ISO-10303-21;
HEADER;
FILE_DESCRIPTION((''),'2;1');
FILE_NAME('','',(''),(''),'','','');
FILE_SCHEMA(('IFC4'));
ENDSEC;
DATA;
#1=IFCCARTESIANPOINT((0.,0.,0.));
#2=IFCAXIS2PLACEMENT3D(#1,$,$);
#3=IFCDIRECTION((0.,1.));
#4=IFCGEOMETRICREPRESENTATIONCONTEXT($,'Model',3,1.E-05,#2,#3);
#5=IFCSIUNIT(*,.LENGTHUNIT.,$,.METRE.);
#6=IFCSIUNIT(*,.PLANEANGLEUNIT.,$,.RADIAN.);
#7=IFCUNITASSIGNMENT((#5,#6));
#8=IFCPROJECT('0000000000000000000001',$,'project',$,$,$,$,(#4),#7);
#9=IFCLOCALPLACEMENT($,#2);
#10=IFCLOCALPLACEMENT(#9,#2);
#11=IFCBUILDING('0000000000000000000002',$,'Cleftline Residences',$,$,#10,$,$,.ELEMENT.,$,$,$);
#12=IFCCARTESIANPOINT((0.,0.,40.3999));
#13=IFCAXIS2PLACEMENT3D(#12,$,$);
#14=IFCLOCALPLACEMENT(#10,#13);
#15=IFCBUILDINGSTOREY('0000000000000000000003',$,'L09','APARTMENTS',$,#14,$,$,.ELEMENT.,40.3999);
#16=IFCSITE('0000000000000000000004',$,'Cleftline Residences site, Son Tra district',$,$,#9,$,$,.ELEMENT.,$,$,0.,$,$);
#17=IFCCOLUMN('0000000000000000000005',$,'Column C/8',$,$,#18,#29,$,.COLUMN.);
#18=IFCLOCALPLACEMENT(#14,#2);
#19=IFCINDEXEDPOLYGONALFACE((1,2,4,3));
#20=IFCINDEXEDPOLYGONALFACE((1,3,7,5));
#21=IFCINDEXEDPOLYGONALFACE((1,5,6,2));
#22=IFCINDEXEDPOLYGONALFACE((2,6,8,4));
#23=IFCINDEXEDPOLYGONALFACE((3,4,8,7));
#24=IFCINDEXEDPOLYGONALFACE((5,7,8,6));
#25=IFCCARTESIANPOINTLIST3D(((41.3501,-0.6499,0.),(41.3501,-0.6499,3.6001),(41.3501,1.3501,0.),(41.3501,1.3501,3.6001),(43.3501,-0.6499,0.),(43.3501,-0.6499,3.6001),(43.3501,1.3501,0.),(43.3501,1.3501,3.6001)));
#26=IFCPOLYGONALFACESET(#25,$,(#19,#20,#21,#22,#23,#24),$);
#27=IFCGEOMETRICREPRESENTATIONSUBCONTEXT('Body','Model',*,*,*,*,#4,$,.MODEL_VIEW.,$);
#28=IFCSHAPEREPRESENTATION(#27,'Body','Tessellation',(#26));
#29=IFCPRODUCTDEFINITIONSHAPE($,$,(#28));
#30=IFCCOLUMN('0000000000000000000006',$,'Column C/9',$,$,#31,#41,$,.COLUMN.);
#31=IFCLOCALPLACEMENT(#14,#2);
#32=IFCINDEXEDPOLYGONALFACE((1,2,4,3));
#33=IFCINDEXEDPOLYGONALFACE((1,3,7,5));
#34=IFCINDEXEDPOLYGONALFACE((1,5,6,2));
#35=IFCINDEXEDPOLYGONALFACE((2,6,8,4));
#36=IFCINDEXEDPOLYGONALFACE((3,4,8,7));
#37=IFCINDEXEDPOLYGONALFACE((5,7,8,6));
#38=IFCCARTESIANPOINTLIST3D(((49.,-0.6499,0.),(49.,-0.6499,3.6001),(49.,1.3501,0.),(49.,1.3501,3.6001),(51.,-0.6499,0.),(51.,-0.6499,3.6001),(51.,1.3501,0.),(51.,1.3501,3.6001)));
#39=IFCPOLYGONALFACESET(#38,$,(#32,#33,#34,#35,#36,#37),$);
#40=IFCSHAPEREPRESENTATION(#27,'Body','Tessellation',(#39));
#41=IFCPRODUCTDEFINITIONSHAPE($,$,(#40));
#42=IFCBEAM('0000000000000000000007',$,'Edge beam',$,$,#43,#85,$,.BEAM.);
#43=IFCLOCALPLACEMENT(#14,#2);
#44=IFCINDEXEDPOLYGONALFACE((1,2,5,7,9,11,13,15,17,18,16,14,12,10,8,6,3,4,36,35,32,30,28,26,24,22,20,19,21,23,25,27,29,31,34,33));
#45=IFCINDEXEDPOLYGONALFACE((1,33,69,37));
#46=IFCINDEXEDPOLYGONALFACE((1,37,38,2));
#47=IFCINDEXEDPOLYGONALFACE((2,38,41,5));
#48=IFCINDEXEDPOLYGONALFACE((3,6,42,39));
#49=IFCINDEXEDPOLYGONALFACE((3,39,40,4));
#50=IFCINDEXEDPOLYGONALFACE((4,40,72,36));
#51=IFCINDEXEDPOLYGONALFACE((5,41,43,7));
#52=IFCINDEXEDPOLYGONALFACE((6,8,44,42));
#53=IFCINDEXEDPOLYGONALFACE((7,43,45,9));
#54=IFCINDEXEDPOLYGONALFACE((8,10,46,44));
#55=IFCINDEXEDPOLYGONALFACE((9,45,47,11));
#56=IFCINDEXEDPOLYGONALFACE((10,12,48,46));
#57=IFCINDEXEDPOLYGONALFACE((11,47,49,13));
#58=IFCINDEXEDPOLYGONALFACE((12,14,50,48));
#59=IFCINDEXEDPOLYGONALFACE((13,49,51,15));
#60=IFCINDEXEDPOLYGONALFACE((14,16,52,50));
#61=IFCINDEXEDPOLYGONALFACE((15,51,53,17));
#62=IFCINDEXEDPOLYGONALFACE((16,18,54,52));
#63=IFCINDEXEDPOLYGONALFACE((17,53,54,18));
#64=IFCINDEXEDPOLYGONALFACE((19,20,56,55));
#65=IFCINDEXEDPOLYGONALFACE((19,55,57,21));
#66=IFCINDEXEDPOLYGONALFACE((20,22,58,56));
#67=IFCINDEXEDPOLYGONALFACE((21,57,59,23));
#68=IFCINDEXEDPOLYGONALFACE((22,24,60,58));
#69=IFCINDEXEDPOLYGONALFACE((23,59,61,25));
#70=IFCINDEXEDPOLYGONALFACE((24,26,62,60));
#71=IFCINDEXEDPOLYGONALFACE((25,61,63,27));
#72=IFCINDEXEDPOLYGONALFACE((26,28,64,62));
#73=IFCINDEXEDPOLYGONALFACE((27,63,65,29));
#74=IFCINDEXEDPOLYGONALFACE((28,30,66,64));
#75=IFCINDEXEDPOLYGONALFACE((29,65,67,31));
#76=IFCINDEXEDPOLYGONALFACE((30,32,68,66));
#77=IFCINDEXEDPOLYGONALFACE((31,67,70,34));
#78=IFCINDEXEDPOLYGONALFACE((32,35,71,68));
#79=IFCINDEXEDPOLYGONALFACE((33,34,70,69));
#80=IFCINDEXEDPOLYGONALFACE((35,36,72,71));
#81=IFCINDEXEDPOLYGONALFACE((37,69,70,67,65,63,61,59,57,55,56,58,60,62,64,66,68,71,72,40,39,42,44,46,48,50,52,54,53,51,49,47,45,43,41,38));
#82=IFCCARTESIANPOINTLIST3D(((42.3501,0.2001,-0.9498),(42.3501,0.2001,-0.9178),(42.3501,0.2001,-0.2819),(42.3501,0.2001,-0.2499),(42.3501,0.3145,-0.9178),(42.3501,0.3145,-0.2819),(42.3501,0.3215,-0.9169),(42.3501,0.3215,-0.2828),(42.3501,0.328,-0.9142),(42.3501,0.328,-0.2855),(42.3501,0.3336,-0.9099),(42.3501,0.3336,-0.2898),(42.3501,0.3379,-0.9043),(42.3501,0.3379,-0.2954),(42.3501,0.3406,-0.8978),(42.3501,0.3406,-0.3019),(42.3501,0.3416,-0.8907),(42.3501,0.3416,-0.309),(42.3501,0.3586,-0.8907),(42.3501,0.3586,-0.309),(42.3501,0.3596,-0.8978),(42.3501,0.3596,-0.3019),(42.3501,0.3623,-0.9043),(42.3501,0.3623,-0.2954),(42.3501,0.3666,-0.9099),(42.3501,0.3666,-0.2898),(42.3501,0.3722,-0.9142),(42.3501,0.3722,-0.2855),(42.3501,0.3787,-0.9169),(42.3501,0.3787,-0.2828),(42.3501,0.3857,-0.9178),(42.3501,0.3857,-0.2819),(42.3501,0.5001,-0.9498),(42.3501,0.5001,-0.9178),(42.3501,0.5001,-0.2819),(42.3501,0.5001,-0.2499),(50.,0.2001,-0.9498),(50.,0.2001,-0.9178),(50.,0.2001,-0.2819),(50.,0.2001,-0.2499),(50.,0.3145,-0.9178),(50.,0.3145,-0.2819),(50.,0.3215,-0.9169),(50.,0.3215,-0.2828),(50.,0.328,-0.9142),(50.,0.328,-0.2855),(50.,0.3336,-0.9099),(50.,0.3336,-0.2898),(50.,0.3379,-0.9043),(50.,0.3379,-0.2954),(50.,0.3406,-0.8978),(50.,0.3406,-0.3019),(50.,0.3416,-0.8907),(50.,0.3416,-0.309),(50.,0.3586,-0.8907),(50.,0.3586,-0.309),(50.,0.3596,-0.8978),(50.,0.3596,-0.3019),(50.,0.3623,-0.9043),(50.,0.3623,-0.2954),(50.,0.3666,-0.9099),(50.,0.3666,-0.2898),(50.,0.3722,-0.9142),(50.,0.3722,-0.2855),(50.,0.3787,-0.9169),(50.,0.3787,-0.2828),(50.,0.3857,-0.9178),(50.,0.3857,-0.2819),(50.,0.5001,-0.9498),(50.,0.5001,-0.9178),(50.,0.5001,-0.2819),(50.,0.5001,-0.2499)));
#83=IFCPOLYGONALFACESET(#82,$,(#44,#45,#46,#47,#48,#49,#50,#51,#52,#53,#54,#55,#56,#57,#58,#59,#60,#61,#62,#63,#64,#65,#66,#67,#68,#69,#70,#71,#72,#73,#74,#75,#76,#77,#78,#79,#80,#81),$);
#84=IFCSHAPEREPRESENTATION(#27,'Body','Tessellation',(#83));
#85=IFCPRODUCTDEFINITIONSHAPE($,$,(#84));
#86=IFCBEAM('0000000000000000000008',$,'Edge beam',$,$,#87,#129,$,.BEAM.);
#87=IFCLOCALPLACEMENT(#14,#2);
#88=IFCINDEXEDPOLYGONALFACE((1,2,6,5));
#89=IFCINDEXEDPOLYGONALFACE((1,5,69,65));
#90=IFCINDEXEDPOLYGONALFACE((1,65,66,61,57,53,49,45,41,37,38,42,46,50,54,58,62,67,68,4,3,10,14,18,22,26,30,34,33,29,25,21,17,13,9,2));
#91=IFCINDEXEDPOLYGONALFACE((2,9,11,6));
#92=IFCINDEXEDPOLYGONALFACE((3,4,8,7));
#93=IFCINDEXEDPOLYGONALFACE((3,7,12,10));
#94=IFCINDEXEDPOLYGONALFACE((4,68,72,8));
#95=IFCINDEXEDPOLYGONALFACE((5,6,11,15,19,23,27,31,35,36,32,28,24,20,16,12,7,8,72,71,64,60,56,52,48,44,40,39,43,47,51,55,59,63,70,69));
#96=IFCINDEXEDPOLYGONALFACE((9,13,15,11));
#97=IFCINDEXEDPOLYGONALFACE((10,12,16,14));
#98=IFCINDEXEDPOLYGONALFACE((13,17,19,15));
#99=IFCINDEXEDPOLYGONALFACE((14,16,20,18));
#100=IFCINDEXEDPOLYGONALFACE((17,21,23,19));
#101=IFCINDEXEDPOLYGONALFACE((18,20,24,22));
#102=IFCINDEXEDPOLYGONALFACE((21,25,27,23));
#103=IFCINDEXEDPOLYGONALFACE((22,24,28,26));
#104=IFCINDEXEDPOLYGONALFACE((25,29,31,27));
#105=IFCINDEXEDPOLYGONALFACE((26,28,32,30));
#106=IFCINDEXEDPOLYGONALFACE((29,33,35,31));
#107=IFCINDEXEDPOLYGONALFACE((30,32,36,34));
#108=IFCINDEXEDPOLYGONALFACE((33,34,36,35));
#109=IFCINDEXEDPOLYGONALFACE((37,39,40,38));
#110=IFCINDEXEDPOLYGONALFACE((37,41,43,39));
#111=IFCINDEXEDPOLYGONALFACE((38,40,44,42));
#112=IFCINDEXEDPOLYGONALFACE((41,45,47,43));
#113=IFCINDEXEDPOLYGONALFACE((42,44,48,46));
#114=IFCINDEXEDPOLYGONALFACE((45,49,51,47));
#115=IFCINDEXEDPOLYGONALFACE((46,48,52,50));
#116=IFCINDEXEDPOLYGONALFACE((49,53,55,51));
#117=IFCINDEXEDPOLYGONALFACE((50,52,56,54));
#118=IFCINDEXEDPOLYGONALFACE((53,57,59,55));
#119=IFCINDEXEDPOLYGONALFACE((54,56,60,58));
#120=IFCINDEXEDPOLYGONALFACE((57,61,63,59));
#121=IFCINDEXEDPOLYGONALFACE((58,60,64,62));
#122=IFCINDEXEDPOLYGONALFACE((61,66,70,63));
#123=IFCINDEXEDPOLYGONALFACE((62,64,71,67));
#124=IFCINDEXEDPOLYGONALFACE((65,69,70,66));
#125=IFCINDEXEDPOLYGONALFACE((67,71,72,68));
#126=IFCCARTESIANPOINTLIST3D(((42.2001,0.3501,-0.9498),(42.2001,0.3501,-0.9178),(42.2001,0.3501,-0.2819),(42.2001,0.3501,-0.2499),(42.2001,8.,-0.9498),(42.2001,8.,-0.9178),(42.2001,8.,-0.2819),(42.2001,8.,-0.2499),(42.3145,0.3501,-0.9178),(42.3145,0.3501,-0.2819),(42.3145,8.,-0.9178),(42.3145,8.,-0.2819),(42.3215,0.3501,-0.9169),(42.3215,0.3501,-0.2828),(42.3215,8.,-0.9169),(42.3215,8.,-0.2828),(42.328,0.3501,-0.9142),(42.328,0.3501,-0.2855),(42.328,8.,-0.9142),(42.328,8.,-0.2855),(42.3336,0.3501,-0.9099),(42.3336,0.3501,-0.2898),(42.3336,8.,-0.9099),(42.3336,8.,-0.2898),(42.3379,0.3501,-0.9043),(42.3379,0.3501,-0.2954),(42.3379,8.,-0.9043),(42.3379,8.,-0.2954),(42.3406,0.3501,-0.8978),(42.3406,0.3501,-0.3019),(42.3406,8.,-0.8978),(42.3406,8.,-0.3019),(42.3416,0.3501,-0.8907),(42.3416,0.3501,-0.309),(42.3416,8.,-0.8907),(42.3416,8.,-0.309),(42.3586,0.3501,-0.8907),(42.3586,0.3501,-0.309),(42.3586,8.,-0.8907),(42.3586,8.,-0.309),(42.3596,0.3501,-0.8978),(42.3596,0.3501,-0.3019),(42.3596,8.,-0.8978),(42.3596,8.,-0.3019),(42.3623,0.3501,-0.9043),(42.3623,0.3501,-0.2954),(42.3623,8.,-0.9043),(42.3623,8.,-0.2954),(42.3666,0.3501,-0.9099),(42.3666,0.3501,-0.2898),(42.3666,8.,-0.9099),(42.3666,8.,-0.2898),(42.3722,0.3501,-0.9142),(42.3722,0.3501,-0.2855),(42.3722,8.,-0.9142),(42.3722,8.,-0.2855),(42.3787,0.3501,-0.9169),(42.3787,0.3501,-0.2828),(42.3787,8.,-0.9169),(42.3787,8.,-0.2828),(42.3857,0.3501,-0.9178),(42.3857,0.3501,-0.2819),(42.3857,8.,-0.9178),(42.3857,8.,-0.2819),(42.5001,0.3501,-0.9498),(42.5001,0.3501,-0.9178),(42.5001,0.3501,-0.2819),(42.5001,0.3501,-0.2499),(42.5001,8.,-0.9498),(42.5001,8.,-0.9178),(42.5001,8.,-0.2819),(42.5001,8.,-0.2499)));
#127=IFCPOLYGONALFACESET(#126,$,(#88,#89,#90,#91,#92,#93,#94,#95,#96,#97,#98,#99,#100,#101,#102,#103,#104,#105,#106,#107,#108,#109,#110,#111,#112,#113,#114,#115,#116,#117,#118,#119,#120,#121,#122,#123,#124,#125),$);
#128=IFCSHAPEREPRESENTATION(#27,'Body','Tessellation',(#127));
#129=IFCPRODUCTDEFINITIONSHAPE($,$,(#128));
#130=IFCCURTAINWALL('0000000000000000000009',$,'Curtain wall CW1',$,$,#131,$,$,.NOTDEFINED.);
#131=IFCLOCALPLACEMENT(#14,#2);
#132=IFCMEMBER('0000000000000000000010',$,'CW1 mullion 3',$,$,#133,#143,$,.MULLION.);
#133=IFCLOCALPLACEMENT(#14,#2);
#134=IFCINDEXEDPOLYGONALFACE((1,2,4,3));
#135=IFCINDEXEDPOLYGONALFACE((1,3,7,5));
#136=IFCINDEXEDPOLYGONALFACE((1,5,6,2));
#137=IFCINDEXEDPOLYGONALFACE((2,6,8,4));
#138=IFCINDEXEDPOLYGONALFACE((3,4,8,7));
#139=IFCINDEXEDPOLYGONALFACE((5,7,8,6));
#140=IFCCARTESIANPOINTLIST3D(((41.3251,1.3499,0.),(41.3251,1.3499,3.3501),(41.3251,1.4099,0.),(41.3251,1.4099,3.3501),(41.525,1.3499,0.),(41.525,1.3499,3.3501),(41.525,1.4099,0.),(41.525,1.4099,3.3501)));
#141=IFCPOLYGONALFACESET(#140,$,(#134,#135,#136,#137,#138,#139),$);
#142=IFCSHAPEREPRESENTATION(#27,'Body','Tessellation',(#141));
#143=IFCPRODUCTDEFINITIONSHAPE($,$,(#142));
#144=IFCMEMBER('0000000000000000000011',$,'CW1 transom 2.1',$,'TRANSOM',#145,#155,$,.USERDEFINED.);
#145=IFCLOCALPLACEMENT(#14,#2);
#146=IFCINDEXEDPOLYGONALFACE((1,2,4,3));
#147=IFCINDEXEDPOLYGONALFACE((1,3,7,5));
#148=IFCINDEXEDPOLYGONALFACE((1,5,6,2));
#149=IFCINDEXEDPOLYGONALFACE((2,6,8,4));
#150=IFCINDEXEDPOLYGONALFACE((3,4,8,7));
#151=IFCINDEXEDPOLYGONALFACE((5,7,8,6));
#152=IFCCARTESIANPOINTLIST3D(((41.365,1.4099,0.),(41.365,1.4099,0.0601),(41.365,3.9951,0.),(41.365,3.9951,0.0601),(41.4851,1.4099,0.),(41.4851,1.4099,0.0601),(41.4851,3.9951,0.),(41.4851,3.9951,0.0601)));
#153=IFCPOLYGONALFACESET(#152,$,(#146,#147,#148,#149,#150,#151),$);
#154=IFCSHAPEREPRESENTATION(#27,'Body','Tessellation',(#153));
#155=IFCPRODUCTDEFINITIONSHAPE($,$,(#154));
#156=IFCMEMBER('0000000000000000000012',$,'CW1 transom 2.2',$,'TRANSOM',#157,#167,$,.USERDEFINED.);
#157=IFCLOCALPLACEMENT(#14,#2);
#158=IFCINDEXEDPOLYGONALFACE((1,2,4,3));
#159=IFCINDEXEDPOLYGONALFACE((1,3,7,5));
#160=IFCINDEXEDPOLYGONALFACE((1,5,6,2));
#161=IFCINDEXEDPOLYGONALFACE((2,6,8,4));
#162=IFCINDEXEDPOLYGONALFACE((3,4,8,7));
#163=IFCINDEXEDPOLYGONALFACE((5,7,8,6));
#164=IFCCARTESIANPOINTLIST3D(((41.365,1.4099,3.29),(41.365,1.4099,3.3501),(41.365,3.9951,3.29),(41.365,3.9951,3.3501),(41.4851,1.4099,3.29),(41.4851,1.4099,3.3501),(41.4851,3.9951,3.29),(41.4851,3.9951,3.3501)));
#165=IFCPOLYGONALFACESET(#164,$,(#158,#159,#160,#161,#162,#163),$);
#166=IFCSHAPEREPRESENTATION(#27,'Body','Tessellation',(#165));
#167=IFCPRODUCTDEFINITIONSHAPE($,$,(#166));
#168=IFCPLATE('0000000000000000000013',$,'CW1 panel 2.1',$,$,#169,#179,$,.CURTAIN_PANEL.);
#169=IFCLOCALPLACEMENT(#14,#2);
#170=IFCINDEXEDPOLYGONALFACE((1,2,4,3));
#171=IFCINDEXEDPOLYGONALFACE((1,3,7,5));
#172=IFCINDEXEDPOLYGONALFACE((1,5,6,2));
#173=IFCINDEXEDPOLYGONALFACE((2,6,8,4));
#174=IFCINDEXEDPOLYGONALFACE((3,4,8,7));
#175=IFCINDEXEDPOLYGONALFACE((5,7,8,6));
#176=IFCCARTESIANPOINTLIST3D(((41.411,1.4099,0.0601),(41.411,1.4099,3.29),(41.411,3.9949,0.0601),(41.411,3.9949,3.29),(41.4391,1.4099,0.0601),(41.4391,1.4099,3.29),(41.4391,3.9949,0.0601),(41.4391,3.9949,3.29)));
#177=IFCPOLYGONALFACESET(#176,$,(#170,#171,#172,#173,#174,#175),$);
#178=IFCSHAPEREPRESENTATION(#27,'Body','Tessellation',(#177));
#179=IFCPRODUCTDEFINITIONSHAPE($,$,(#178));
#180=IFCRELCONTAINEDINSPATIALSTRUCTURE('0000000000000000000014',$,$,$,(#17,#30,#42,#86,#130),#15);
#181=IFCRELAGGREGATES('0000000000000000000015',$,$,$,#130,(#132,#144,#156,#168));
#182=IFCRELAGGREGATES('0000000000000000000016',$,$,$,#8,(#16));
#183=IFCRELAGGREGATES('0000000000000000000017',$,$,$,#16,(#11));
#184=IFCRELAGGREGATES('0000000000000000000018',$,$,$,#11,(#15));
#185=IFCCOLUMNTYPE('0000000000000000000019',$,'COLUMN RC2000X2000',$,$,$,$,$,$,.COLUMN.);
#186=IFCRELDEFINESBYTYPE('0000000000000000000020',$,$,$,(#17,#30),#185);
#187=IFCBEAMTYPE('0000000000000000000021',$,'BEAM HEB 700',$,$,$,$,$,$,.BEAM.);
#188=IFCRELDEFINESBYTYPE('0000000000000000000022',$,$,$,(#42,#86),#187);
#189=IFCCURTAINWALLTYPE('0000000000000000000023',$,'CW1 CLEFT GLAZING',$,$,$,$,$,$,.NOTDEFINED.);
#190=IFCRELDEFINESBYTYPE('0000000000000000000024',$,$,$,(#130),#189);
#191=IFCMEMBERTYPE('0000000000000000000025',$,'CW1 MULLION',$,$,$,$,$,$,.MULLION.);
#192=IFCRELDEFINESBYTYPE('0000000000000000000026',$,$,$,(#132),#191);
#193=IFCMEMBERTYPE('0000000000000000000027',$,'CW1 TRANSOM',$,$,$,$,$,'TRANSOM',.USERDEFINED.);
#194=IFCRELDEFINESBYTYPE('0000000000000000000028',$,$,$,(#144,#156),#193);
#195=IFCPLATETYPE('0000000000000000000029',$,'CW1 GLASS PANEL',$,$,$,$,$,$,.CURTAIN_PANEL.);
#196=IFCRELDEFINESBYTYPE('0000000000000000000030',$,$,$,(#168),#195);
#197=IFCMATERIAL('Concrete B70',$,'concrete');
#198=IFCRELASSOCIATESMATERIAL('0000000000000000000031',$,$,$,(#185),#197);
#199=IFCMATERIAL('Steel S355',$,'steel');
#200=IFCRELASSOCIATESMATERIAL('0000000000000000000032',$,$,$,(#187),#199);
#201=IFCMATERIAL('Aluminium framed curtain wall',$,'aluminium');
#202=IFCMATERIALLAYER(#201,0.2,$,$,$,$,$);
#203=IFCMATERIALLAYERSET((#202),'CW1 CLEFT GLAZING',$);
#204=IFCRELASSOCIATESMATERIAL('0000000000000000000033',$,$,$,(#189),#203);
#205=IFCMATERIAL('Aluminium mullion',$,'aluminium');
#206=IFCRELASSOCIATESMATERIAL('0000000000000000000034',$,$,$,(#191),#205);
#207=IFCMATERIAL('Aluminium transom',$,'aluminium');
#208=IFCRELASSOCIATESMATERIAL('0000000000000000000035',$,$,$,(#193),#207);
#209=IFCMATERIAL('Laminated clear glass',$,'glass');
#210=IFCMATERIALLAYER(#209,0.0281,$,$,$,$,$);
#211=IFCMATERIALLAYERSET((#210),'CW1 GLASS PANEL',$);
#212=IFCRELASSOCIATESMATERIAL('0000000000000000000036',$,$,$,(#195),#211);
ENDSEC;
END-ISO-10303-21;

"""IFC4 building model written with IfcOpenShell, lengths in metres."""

from ifc_helpers import new_model, si_unit, direction, frame, origin, origin_2d, place, context, subcontext, project, spatial, rectangle, i_section, extrude, material, layer, layer_set, material_profile, profile_set, type_object, element, aggregate, save


model = new_model("IFC4")

# Units and contexts
model_context = context("Model", 3, precision=1e-05, world=origin(), true_north=direction((0.0, 1.0)))
body_context = subcontext(model_context, "Body", "Model", "MODEL_VIEW")
ifc_project = project(units=[si_unit("LENGTHUNIT", "METRE"), si_unit("PLANEANGLEUNIT", "RADIAN")], contexts=[model_context])

# Site, building, storey
site_placement = place(None, origin())
site = spatial("IfcSite", under=ifc_project, at=site_placement, Name="Cleftline Residences site, Son Tra district", CompositionType="ELEMENT", RefElevation=0.0)
building_placement = place(site_placement, origin())
building = spatial("IfcBuilding", under=site, at=building_placement, Name="Cleftline Residences", CompositionType="ELEMENT")
storey_placement = place(building_placement, frame((0.0, 0.0, 40.3999)))
storey = spatial("IfcBuildingStorey", under=building, at=storey_placement, Name="L09", Description="APARTMENTS", CompositionType="ELEMENT", Elevation=40.3999)

# Columns
ifc_material_1 = material(Name="Concrete B70", Category="concrete")
ifc_material_profile_1 = material_profile(ifc_material_1, rectangle(XDim=2.0, YDim=2.0, at=origin_2d()))
ifc_profile_set_1 = profile_set([ifc_material_profile_1], Name="Concrete B70")
column_type = type_object("IfcColumnType", Name="COLUMN RC2000X2000", PredefinedType="COLUMN", material=ifc_profile_set_1)
for number, where, z_axis, x_axis, name in (
    (1, (42.3501, 0.3501, 0.0), (0.0, 0.0, 1.0), (1.0, 0.0, 0.0), "Column C/8"),
    (2, (50.0, 0.3501, 0.0), (0.0, 0.0, 1.0), (1.0, 0.0, 0.0), "Column C/9"),
):
    element("IfcColumn", number, at=place(storey_placement, frame(where, z_axis=z_axis, x_axis=x_axis)), inside=storey, type_object=column_type, Name=name, PredefinedType="COLUMN", context=body_context, shape_type="SweptSolid", body=[
        extrude(rectangle(XDim=2.0, YDim=2.0, at=origin_2d()), origin(), (0.0, 0.0, 1.0), 3.6001),
    ])

# Beams
ifc_material_2 = material(Name="Steel S355", Category="steel")
ifc_material_profile_2 = material_profile(ifc_material_2, i_section(OverallWidth=0.3, OverallDepth=0.7, WebThickness=0.0171, FlangeThickness=0.032, FilletRadius=0.0271, at=origin_2d()))
ifc_profile_set_2 = profile_set([ifc_material_profile_2], Name="Steel S355")
beam_type = type_object("IfcBeamType", Name="BEAM HEB 700", PredefinedType="BEAM", material=ifc_profile_set_2)
for number, where, z_axis, x_axis, name in (
    (3, (50.0, 0.3501, -0.5999), (-1.0, 0.0, 0.0), (0.0, -1.0, 0.0), "Edge beam"),
    (4, (42.3501, 0.3501, -0.5999), (0.0, 1.0, 0.0), (-1.0, 0.0, 0.0), "Edge beam"),
):
    element("IfcBeam", number, at=place(storey_placement, frame(where, z_axis=z_axis, x_axis=x_axis)), inside=storey, type_object=beam_type, Name=name, PredefinedType="BEAM", context=body_context, shape_type="SweptSolid", body=[
        extrude(i_section(OverallWidth=0.3, OverallDepth=0.7, WebThickness=0.0171, FlangeThickness=0.032, FilletRadius=0.0271, at=origin_2d()), origin(), (0.0, 0.0, 1.0), 7.6499),
    ])

# Curtain wall, members, plate
ifc_material_3 = material(Name="Aluminium framed curtain wall", Category="aluminium")
ifc_layer_1 = layer(ifc_material_3, 0.2)
ifc_layer_set_1 = layer_set([ifc_layer_1], Name="CW1 CLEFT GLAZING")
curtain_wall_type = type_object("IfcCurtainWallType", Name="CW1 CLEFT GLAZING", PredefinedType="NOTDEFINED", material=ifc_layer_set_1)
curtain_wall_placement = place(storey_placement, origin())
curtain_wall = element("IfcCurtainWall", 5, at=curtain_wall_placement, inside=storey, type_object=curtain_wall_type, Name="Curtain wall CW1", PredefinedType="NOTDEFINED")
ifc_material_4 = material(Name="Aluminium mullion", Category="aluminium")
ifc_material_profile_3 = material_profile(ifc_material_4, rectangle(XDim=0.2, YDim=0.0601, at=origin_2d()))
ifc_profile_set_3 = profile_set([ifc_material_profile_3], Name="Aluminium mullion")
member_type_1 = type_object("IfcMemberType", Name="CW1 MULLION", PredefinedType="MULLION", material=ifc_profile_set_3)
member_1_placement = place(storey_placement, frame((41.425, 1.3799, 0.0), z_axis=(0.0, 0.0, 1.0), x_axis=(1.0, 0.0, 0.0)))
member_1 = element("IfcMember", 6, at=member_1_placement, type_object=member_type_1, Name="CW1 mullion 3", PredefinedType="MULLION", context=body_context, shape_type="SweptSolid", body=[
    extrude(rectangle(XDim=0.2, YDim=0.0601, at=origin_2d()), origin(), (0.0, 0.0, 1.0), 3.3501),
])
ifc_material_5 = material(Name="Aluminium transom", Category="aluminium")
ifc_material_profile_4 = material_profile(ifc_material_5, rectangle(XDim=0.1201, YDim=0.0601, at=origin_2d()))
ifc_profile_set_4 = profile_set([ifc_material_profile_4], Name="Aluminium transom")
member_type_2 = type_object("IfcMemberType", Name="CW1 TRANSOM", ElementType="TRANSOM", PredefinedType="USERDEFINED", material=ifc_profile_set_4)
member_2_placement = place(storey_placement, frame((41.425, 3.9951, 0.03), z_axis=(0.0, -1.0, 0.0), x_axis=(1.0, 0.0, 0.0)))
member_2 = element("IfcMember", 7, at=member_2_placement, type_object=member_type_2, Name="CW1 transom 2.1", ObjectType="TRANSOM", PredefinedType="USERDEFINED", context=body_context, shape_type="SweptSolid", body=[
    extrude(rectangle(XDim=0.1201, YDim=0.0601, at=origin_2d()), origin(), (0.0, 0.0, 1.0), 2.5852),
])
member_3_placement = place(storey_placement, frame((41.425, 3.9951, 3.3201), z_axis=(0.0, -1.0, 0.0), x_axis=(1.0, 0.0, 0.0)))
member_3 = element("IfcMember", 8, at=member_3_placement, type_object=member_type_2, Name="CW1 transom 2.2", ObjectType="TRANSOM", PredefinedType="USERDEFINED", context=body_context, shape_type="SweptSolid", body=[
    extrude(rectangle(XDim=0.1201, YDim=0.0601, at=origin_2d()), origin(), (0.0, 0.0, 1.0), 2.5852),
])
ifc_material_6 = material(Name="Laminated clear glass", Category="glass")
ifc_layer_2 = layer(ifc_material_6, 0.0281)
ifc_layer_set_2 = layer_set([ifc_layer_2], Name="CW1 GLASS PANEL")
plate_type = type_object("IfcPlateType", Name="CW1 GLASS PANEL", PredefinedType="CURTAIN_PANEL", material=ifc_layer_set_2)
plate_placement = place(storey_placement, frame((41.425, 2.7024, 0.0601), z_axis=(0.0, 0.0, 1.0), x_axis=(0.0, -1.0, 0.0)))
plate = element("IfcPlate", 9, at=plate_placement, type_object=plate_type, Name="CW1 panel 2.1", PredefinedType="CURTAIN_PANEL", context=body_context, shape_type="SweptSolid", body=[
    extrude(rectangle(XDim=2.585, YDim=0.0281, at=origin_2d()), origin(), (0.0, 0.0, 1.0), 3.23),
])
aggregate(curtain_wall, [member_1, member_2, member_3, plate])

save(model, "model.ifc")
